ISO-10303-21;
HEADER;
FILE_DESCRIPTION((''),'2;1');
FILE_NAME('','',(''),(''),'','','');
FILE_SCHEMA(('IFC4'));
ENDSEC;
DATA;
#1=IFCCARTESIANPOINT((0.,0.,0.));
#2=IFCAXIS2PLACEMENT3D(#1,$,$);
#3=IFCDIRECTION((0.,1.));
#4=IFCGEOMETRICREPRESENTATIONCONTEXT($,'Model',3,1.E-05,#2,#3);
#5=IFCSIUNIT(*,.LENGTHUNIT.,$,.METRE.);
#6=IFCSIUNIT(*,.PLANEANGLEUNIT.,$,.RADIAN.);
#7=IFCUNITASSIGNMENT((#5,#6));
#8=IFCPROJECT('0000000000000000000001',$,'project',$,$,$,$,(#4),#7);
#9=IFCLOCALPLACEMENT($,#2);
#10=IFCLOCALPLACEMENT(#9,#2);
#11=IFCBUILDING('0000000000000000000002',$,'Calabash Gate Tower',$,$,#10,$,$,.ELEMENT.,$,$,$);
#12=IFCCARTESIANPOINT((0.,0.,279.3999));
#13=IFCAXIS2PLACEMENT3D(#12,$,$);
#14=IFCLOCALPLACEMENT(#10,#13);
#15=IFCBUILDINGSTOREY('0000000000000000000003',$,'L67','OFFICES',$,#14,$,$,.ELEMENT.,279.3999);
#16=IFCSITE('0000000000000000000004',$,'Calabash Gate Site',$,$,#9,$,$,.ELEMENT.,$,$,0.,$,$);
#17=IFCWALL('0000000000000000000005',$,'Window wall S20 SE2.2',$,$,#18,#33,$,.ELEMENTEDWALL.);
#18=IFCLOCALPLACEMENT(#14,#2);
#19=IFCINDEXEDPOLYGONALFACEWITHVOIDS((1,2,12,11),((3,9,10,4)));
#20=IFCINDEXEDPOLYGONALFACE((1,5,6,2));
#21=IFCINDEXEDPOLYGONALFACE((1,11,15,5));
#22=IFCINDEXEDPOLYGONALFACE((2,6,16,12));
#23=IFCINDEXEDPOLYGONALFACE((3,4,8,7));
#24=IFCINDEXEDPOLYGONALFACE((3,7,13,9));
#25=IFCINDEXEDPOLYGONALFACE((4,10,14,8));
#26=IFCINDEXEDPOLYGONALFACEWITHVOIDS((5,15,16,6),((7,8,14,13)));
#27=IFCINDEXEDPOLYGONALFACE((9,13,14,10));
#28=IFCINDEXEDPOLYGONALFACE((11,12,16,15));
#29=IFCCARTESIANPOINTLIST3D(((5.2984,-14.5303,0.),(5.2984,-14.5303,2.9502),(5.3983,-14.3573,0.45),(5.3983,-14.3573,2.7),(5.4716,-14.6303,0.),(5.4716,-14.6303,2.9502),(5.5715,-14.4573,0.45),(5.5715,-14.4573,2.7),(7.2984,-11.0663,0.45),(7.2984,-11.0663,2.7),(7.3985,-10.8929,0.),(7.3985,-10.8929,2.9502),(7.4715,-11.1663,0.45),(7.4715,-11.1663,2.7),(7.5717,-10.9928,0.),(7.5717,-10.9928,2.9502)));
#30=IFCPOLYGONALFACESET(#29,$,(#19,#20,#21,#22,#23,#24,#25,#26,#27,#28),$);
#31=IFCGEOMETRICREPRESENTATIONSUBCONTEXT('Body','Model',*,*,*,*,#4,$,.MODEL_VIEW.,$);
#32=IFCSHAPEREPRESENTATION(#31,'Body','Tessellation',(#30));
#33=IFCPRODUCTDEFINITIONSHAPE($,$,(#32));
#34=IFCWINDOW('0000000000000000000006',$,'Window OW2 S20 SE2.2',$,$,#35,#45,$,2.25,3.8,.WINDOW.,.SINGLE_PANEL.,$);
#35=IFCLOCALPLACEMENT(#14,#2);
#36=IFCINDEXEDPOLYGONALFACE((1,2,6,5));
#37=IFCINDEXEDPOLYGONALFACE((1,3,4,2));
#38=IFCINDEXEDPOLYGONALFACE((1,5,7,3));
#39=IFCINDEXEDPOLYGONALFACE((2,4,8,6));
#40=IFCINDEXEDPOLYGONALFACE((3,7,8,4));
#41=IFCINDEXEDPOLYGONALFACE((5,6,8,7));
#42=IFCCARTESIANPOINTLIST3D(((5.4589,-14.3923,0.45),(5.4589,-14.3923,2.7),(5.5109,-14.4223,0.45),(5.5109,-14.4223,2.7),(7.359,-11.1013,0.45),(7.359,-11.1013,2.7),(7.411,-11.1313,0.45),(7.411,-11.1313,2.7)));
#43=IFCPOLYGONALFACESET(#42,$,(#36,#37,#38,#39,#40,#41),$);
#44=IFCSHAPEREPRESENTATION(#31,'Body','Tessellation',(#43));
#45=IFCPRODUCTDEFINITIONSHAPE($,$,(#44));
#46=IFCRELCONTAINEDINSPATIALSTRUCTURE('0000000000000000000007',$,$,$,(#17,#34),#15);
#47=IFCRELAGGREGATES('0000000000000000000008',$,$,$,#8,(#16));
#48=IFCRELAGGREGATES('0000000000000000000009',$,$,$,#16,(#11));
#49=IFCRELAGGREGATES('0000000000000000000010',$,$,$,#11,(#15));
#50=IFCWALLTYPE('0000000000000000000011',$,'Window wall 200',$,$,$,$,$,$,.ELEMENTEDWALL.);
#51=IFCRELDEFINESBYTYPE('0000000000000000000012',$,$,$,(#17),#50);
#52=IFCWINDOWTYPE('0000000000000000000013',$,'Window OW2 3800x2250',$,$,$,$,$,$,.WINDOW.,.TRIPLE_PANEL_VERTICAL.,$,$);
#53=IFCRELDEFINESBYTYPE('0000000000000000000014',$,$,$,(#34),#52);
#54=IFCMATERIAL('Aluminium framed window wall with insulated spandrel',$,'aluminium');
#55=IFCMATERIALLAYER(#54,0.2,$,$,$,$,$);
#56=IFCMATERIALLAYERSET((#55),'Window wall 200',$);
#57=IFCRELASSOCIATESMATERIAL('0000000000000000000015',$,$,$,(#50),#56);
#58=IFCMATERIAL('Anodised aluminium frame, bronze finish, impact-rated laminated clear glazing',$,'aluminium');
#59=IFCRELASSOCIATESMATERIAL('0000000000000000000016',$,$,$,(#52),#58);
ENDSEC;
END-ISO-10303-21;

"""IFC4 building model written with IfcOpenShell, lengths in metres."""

from ifc_helpers import new_model, si_unit, direction, frame, frame_2d, origin, place, context, subcontext, project, spatial, rectangle, extrude, material, layer, layer_set, type_object, element, fill, save


model = new_model("IFC4")

# Units and contexts
model_context = context("Model", 3, precision=1e-05, world=origin(), true_north=direction((0.0, 1.0)))
body_context = subcontext(model_context, "Body", "Model", "MODEL_VIEW")
ifc_project = project(units=[si_unit("LENGTHUNIT", "METRE"), si_unit("PLANEANGLEUNIT", "RADIAN")], contexts=[model_context])

# Site, building, storey
site_placement = place(None, origin())
site = spatial("IfcSite", under=ifc_project, at=site_placement, Name="Calabash Gate Site", CompositionType="ELEMENT", RefElevation=0.0)
building_placement = place(site_placement, origin())
building = spatial("IfcBuilding", under=site, at=building_placement, Name="Calabash Gate Tower", CompositionType="ELEMENT")
storey_placement = place(building_placement, frame((0.0, 0.0, 279.3999)))
storey = spatial("IfcBuildingStorey", under=building, at=storey_placement, Name="L67", Description="OFFICES", CompositionType="ELEMENT", Elevation=279.3999)

# Shared definitions
ifc_material_1 = material(Name="Aluminium framed window wall with insulated spandrel", Category="aluminium")
ifc_layer_1 = layer(ifc_material_1, 0.2)
ifc_layer_set_1 = layer_set([ifc_layer_1], Name="Window wall 200")
wall_type_1 = type_object("IfcWallType", Name="Window wall 200", PredefinedType="ELEMENTEDWALL", material=ifc_layer_set_1)

# Wall, opening, window
wall_1_placement = place(storey_placement, frame((5.385, -14.5803, 0.0), z_axis=(0.0, 0.0, 1.0), x_axis=(0.500003, 0.866024, 0.0)))
wall_1 = element("IfcWall", 1, at=wall_1_placement, inside=storey, type_object=wall_type_1, Name="Window wall S20 SE2.2", PredefinedType="ELEMENTEDWALL", context=body_context, shape_type="SweptSolid", body=[
    extrude(rectangle(XDim=4.2002, YDim=0.2, at=frame_2d((2.1001, 0.0))), origin(), (0.0, 0.0, 1.0), 2.9502),
])
opening_1_placement = place(wall_1_placement, frame((0.2, 0.0, 0.45)))
opening_1 = element("IfcOpeningElement", 2, at=opening_1_placement, cuts=wall_1, PredefinedType="OPENING", context=body_context, shape_type="SweptSolid", body=[
    extrude(rectangle(XDim=3.8, YDim=2.25, at=frame_2d((1.8999, 1.125))), frame((0.0, 0.1099, 0.0), z_axis=(0.0, -1.0, 0.0), x_axis=(1.0, 0.0, 0.0)), (0.0, 0.0, 1.0), 0.22),
])
ifc_material_2 = material(Name="Anodised aluminium frame, bronze finish, impact-rated laminated clear glazing", Category="aluminium")
window_type_1 = type_object("IfcWindowType", Name="Window OW2 3800x2250", PartitioningType="TRIPLE_PANEL_VERTICAL", PredefinedType="WINDOW", material=ifc_material_2)
window_1_placement = place(opening_1_placement, origin())
window_1 = element("IfcWindow", 3, at=window_1_placement, inside=storey, type_object=window_type_1, Name="Window OW2 S20 SE2.2", OverallHeight=2.25, OverallWidth=3.8, PartitioningType="SINGLE_PANEL", PredefinedType="WINDOW", context=body_context, shape_type="SweptSolid", body=[
    extrude(rectangle(XDim=3.8, YDim=2.25, at=frame_2d((1.8999, 1.125))), frame((0.0, 0.03, 0.0), z_axis=(0.0, -1.0, 0.0), x_axis=(1.0, 0.0, 0.0)), (0.0, 0.0, 1.0), 0.0601),
])
fill(opening_1, window_1)

save(model, "model.ifc")
